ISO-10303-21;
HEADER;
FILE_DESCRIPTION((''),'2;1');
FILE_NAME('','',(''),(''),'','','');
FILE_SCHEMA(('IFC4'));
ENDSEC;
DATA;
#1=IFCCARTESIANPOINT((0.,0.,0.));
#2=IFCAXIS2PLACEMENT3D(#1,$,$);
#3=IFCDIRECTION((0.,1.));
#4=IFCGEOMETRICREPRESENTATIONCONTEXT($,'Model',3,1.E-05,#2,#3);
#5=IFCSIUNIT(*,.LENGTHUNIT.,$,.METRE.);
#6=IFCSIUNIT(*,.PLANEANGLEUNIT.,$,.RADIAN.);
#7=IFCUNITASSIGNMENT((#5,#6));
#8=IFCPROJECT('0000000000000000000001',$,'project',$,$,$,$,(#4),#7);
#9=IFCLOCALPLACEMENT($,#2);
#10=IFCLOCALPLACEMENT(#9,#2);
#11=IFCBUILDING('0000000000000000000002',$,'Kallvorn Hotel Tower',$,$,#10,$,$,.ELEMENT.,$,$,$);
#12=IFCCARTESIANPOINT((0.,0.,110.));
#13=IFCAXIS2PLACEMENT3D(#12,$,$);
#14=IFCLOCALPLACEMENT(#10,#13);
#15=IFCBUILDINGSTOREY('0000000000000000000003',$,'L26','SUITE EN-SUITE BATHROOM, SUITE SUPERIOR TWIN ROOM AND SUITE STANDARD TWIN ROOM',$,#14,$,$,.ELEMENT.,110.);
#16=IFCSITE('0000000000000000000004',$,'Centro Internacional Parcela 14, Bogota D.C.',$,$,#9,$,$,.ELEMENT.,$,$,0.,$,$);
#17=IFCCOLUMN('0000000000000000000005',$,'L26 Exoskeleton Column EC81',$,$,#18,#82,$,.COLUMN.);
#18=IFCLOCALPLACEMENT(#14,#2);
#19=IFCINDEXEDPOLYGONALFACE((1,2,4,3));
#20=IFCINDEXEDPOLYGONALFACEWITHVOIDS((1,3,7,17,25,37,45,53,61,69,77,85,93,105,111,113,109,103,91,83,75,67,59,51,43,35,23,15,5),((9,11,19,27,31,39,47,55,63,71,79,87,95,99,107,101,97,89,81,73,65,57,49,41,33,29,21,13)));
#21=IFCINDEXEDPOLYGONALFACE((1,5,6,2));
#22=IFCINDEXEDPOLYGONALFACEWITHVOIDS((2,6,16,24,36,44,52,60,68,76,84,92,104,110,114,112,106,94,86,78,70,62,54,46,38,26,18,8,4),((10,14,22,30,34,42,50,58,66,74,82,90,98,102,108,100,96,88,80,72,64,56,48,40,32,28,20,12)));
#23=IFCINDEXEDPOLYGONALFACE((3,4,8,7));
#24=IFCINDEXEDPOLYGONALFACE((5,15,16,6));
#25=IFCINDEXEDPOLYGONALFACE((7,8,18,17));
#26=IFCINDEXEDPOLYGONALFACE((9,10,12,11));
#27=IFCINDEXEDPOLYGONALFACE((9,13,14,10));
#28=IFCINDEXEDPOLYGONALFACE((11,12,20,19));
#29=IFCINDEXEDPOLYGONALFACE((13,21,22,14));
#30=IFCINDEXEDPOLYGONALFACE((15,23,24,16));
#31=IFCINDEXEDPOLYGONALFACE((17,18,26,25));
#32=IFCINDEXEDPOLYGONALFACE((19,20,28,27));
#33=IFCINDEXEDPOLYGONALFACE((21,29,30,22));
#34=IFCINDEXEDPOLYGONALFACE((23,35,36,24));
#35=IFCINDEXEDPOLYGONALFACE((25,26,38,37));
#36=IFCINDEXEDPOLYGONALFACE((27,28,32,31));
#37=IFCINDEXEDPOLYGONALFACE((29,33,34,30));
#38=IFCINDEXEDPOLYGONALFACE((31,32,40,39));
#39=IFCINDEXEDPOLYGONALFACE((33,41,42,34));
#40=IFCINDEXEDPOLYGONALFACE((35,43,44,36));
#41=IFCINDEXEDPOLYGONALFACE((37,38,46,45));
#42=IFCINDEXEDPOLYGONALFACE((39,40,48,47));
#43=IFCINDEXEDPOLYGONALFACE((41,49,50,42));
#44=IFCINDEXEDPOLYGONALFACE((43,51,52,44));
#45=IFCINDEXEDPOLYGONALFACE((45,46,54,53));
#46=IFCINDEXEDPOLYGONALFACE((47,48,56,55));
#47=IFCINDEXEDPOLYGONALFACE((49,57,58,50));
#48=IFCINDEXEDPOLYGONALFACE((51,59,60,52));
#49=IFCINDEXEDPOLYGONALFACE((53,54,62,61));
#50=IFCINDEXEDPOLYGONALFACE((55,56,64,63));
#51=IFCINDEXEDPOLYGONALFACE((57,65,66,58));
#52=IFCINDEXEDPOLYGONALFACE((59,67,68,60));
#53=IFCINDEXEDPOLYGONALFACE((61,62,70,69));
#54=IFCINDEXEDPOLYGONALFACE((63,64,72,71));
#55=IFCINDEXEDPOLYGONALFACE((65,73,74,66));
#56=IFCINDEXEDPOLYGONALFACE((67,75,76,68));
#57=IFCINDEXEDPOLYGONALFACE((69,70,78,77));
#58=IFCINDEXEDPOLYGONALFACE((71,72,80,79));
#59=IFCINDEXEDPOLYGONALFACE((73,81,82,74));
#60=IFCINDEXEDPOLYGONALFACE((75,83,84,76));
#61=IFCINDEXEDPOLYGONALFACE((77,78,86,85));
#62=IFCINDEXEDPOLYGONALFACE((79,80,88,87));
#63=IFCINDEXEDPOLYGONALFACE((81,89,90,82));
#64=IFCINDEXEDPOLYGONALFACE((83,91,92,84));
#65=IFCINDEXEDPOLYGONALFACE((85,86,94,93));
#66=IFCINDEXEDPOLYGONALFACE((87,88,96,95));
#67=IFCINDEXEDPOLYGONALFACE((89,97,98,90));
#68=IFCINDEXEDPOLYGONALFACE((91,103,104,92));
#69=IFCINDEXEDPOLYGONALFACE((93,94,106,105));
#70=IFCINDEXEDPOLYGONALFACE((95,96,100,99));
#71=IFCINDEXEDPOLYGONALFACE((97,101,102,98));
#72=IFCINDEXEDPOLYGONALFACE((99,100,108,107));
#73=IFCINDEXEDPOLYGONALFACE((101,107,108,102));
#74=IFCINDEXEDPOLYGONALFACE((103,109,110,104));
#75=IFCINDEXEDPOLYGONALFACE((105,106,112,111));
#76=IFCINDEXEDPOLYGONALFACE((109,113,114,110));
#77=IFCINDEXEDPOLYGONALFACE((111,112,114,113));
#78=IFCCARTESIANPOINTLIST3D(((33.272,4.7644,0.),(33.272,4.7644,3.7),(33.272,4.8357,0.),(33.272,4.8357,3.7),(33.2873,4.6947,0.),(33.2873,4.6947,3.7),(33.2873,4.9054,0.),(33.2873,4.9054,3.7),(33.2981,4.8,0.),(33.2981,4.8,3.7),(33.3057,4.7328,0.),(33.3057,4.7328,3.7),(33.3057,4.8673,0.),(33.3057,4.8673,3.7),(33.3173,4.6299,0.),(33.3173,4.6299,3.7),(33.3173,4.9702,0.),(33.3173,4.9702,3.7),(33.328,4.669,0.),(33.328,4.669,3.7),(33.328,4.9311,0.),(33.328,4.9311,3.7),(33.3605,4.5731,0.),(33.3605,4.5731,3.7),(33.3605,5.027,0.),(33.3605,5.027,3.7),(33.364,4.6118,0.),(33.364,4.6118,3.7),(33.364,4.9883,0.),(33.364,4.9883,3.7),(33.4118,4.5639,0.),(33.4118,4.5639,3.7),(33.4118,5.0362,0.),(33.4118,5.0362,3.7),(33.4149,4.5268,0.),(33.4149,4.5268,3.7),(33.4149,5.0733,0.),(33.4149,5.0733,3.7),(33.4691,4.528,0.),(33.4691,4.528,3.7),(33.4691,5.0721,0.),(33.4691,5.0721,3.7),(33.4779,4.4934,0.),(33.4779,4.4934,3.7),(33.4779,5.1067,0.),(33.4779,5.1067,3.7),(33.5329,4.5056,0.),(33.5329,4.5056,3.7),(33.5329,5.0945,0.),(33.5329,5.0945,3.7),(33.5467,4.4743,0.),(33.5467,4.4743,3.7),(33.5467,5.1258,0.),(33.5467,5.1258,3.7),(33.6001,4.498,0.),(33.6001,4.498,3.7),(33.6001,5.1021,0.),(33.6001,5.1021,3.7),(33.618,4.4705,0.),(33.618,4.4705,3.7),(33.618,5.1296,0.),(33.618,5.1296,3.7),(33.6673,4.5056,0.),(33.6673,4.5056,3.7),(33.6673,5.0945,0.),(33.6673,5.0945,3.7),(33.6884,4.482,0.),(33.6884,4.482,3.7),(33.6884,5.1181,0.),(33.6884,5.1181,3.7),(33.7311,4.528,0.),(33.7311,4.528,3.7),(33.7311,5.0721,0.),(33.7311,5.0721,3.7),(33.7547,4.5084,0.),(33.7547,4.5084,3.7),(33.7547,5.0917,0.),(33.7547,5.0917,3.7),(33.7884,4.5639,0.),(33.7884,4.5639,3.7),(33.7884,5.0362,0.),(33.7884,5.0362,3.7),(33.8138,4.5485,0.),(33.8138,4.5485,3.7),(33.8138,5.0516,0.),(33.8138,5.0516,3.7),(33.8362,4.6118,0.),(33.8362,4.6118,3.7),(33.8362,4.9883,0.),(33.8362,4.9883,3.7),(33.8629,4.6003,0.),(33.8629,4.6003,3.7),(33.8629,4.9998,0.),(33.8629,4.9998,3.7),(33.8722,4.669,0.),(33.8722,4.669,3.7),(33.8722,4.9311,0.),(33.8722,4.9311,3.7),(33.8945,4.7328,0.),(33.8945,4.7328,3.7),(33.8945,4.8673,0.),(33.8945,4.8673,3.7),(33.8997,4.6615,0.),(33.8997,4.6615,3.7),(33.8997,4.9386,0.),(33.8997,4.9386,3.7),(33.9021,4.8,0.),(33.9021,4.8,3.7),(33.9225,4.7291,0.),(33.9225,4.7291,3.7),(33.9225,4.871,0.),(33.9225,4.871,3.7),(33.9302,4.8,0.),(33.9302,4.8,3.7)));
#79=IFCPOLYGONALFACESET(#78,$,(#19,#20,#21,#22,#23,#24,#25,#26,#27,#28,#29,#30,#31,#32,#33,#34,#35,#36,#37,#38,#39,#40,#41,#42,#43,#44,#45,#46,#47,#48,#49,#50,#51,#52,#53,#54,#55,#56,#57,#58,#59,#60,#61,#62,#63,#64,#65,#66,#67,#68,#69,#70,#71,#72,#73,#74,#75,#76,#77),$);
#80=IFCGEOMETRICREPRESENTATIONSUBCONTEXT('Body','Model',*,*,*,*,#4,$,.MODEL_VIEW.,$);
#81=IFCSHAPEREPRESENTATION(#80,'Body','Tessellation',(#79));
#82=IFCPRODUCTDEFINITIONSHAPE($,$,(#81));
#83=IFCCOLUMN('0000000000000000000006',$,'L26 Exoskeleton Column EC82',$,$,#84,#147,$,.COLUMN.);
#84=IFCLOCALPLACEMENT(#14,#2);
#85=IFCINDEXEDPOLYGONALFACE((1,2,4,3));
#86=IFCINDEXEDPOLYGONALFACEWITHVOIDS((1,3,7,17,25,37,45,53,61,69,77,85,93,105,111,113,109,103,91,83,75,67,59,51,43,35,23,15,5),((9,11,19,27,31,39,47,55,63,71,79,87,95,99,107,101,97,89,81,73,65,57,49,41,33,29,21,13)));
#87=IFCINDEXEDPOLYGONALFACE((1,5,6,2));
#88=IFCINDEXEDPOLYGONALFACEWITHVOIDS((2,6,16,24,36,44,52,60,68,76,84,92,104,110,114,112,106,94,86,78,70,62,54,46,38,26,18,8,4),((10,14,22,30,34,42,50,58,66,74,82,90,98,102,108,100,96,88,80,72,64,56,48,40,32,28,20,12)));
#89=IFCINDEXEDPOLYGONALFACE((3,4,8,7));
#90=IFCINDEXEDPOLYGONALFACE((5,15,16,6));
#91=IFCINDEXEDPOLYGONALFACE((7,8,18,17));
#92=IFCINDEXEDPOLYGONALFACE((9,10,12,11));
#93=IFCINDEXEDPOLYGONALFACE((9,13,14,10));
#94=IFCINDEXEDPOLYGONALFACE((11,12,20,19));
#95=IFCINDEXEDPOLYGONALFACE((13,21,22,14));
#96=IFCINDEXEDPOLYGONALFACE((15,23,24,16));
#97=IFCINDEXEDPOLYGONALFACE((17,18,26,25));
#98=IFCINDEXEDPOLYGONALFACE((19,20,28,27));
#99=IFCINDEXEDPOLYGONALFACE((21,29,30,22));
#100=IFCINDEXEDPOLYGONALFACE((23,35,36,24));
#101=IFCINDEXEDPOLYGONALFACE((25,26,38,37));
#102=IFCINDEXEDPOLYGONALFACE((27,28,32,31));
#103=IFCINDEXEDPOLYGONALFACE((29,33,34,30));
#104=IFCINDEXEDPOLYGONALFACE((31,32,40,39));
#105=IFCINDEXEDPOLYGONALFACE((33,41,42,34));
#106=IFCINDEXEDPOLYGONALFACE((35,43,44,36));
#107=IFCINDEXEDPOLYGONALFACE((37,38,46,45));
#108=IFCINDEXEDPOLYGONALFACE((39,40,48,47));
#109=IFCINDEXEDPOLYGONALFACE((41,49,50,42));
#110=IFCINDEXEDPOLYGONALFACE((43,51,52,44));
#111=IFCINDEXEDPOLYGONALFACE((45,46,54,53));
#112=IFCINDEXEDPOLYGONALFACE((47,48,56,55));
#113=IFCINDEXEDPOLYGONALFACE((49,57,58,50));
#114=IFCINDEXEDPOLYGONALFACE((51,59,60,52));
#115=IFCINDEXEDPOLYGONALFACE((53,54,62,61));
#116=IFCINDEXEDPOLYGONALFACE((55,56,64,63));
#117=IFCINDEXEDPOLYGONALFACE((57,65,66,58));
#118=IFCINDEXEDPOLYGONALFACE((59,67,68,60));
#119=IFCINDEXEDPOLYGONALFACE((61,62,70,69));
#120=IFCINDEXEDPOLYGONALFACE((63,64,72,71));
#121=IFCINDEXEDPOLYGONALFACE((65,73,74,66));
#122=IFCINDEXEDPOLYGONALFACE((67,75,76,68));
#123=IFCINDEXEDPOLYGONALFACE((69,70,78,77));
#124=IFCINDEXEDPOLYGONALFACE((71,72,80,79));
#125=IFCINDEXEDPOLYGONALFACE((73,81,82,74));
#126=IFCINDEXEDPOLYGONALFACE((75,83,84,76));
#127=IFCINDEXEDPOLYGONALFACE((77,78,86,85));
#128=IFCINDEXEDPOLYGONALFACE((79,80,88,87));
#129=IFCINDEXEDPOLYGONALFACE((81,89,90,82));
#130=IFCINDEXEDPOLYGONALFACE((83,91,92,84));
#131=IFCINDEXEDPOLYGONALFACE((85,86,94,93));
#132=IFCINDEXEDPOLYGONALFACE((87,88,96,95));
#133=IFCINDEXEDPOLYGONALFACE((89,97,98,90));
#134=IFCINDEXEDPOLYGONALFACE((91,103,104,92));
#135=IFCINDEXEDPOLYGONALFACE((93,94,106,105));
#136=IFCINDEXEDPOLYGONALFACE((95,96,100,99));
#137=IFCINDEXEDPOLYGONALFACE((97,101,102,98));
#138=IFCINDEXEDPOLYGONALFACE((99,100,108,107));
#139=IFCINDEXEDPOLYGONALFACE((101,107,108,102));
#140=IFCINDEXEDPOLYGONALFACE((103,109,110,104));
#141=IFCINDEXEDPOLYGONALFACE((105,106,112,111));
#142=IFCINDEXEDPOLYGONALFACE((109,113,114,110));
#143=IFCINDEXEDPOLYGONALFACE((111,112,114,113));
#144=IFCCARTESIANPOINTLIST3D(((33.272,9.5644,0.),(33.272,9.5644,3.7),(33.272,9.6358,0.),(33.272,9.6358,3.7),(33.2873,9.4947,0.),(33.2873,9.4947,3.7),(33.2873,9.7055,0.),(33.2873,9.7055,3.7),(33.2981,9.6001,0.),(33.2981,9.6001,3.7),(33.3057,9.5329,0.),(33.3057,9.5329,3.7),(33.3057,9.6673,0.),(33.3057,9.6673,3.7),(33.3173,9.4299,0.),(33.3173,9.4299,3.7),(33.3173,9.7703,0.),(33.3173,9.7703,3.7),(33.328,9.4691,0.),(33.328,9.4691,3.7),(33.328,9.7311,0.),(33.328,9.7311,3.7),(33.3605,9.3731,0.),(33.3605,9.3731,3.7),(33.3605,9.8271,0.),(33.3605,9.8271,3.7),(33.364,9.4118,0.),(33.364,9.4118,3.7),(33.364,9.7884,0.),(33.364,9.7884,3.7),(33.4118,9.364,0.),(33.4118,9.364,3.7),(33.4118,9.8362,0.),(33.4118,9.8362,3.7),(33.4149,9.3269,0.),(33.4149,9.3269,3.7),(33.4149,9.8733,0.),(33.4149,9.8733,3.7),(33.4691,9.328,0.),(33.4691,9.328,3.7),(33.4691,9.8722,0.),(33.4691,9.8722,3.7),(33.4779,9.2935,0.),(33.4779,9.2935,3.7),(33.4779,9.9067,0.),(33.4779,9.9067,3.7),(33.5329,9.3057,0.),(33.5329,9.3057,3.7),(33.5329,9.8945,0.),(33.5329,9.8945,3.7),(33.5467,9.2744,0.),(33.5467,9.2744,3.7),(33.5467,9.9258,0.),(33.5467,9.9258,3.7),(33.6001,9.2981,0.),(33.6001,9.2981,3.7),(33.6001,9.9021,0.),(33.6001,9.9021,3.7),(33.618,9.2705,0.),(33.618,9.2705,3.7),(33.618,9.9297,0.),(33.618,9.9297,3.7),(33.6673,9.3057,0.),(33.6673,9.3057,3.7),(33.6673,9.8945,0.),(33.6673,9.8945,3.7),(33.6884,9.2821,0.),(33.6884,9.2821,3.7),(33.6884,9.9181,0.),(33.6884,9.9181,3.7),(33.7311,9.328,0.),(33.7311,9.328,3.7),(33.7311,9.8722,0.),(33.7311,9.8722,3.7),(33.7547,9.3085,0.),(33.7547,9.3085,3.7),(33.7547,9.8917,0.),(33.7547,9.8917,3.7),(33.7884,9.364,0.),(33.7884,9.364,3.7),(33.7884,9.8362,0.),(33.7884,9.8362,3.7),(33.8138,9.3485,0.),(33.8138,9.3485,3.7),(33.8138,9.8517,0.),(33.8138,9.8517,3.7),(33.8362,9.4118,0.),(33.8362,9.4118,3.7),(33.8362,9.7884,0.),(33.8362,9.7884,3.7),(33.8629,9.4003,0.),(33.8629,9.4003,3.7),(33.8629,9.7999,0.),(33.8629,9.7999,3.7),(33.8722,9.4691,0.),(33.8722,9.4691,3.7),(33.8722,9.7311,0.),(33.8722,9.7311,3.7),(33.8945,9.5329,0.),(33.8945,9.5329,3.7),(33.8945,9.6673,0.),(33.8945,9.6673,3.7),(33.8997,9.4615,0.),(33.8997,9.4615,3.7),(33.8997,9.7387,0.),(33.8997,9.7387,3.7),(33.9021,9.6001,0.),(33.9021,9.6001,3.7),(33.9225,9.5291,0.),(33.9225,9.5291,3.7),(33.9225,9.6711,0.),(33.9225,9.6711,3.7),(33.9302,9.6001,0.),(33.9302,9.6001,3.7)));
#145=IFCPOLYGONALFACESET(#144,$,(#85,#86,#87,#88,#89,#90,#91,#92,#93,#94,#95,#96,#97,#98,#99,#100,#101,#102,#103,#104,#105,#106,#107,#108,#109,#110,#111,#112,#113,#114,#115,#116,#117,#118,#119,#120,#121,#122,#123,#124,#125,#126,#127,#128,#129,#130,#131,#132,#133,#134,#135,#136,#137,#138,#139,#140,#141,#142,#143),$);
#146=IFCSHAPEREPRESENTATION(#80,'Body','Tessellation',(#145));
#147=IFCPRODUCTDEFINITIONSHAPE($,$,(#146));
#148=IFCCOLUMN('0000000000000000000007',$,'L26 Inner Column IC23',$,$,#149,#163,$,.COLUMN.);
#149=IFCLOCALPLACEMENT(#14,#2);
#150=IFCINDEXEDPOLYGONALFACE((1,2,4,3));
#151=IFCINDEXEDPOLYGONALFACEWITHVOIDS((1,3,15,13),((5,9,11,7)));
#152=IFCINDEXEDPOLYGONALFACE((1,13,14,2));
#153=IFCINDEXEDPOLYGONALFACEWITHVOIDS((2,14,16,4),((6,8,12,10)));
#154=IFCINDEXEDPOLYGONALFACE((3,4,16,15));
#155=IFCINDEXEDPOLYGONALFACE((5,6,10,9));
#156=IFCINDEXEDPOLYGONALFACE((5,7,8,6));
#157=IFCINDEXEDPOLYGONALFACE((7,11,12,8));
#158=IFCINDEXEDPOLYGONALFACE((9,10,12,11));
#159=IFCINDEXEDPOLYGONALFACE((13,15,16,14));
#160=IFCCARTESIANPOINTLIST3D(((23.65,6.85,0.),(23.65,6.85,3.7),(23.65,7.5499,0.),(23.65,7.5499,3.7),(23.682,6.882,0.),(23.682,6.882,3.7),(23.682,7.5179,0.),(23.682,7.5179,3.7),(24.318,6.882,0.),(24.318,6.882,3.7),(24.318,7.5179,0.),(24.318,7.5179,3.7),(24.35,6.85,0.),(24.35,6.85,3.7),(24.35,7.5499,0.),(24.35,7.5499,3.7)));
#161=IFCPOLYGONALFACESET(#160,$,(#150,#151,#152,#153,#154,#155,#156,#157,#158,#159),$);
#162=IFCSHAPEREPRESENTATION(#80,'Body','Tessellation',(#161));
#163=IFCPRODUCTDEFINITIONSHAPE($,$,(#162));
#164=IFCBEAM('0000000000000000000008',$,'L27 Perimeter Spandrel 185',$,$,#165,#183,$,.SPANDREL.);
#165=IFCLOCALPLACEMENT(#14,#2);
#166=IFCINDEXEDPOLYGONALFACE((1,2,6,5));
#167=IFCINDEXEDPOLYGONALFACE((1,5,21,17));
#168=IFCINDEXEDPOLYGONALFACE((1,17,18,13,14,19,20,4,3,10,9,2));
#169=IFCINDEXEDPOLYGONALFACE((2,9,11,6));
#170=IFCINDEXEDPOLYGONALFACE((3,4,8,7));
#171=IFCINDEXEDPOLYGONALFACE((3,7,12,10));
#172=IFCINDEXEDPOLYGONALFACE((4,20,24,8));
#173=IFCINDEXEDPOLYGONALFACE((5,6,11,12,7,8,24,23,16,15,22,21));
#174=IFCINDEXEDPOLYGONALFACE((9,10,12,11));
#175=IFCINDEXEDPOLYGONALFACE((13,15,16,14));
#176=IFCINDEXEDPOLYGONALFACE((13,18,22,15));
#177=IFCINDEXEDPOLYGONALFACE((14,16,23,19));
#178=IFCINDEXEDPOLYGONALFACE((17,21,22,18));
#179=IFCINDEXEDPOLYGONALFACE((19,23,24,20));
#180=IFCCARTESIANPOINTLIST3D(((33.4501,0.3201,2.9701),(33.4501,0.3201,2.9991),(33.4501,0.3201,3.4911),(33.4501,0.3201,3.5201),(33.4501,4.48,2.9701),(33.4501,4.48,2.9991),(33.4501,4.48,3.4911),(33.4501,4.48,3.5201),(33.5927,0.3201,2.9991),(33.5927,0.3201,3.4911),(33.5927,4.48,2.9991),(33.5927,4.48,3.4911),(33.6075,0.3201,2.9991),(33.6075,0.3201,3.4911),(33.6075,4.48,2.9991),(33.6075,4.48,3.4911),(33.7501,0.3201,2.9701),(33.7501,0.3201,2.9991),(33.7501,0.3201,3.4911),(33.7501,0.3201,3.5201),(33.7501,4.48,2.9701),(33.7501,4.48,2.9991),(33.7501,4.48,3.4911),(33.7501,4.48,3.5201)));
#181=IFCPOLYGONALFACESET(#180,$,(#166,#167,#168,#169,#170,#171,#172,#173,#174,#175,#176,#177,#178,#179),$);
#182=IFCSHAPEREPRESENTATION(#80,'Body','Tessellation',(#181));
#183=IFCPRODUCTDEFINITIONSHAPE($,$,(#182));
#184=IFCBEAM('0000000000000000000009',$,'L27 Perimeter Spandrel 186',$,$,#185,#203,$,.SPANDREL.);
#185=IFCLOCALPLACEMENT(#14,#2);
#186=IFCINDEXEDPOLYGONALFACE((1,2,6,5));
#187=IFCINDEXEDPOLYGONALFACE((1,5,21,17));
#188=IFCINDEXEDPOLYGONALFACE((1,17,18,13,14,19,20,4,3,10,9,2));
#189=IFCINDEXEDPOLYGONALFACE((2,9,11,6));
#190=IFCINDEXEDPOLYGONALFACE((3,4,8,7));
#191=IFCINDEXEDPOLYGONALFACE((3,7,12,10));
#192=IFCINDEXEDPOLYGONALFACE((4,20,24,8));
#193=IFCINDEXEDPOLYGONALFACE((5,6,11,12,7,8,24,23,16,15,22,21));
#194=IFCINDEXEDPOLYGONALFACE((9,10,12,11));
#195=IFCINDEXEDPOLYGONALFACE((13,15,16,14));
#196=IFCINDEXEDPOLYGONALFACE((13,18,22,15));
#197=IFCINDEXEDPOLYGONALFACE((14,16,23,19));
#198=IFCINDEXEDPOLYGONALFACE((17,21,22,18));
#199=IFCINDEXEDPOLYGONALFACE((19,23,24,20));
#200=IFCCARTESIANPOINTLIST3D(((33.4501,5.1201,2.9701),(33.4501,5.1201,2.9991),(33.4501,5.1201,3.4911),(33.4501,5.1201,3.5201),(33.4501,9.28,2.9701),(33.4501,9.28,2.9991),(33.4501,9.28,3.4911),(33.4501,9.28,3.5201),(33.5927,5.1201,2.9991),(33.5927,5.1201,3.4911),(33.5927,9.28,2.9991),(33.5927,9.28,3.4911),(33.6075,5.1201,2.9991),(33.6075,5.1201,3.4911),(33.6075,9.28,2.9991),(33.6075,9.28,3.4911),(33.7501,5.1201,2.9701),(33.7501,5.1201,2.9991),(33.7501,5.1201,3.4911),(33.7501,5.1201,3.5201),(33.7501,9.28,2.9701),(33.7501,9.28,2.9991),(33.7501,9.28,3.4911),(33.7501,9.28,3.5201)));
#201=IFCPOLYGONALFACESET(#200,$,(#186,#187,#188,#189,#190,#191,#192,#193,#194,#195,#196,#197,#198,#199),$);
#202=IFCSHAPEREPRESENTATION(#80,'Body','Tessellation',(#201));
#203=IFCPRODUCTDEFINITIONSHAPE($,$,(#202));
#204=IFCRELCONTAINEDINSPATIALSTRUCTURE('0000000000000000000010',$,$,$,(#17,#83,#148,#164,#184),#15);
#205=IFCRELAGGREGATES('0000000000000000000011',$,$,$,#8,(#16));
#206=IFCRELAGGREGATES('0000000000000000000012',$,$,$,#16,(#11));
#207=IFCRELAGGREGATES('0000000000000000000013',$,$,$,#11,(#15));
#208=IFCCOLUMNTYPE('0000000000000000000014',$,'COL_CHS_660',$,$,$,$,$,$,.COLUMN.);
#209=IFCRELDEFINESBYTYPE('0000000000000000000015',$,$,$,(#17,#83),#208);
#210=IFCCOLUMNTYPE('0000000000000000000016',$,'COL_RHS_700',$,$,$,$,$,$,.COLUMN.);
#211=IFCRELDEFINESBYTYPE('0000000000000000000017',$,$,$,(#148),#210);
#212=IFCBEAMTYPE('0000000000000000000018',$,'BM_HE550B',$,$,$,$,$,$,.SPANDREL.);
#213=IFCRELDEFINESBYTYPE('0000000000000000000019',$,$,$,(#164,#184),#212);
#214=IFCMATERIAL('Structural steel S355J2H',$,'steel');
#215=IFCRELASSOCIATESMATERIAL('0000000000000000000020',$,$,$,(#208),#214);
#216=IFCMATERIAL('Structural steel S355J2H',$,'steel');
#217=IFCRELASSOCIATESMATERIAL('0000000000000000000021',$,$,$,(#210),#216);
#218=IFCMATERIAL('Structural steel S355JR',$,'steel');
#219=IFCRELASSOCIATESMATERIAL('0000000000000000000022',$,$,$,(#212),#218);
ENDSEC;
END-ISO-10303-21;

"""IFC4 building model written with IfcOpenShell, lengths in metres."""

from ifc_helpers import new_model, si_unit, direction, frame, origin, origin_2d, place, context, subcontext, project, spatial, hollow_rectangle, hollow_circle, i_section, extrude, material, material_profile, profile_set, type_object, element, save


model = new_model("IFC4")

# Units and contexts
model_context = context("Model", 3, precision=1e-05, world=origin(), true_north=direction((0.0, 1.0)))
body_context = subcontext(model_context, "Body", "Model", "MODEL_VIEW")
ifc_project = project(units=[si_unit("LENGTHUNIT", "METRE"), si_unit("PLANEANGLEUNIT", "RADIAN")], contexts=[model_context])

# Site, building, storey
site_placement = place(None, origin())
site = spatial("IfcSite", under=ifc_project, at=site_placement, Name="Centro Internacional Parcela 14, Bogota D.C.", CompositionType="ELEMENT", RefElevation=0.0)
building_placement = place(site_placement, origin())
building = spatial("IfcBuilding", under=site, at=building_placement, Name="Kallvorn Hotel Tower", CompositionType="ELEMENT")
storey_placement = place(building_placement, frame((0.0, 0.0, 110.0)))
storey = spatial("IfcBuildingStorey", under=building, at=storey_placement, Name="L26", Description="SUITE EN-SUITE BATHROOM, SUITE SUPERIOR TWIN ROOM AND SUITE STANDARD TWIN ROOM", CompositionType="ELEMENT", Elevation=110.0)

# Columns
ifc_material_1 = material(Name="Structural steel S355J2H", Category="steel")
ifc_material_profile_1 = material_profile(ifc_material_1, hollow_circle(Radius=0.3301, WallThickness=0.0281, at=origin_2d()), Name="CHS 660x28")
ifc_profile_set_1 = profile_set([ifc_material_profile_1], Name="Structural steel S355J2H")
column_type_1 = type_object("IfcColumnType", Name="COL_CHS_660", PredefinedType="COLUMN", material=ifc_profile_set_1)
for number, where, z_axis, x_axis, name in (
    (1, (33.6001, 4.8, 0.0), (0.0, 0.0, 1.0), (1.0, 0.0, 0.0), "L26 Exoskeleton Column EC81"),
    (2, (33.6001, 9.6001, 0.0), (0.0, 0.0, 1.0), (1.0, 0.0, 0.0), "L26 Exoskeleton Column EC82"),
):
    element("IfcColumn", number, at=place(storey_placement, frame(where, z_axis=z_axis, x_axis=x_axis)), inside=storey, type_object=column_type_1, Name=name, PredefinedType="COLUMN", context=body_context, shape_type="SweptSolid", body=[
        extrude(hollow_circle(Radius=0.3301, WallThickness=0.0281, at=origin_2d()), origin(), (0.0, 0.0, 1.0), 3.7),
    ])
ifc_material_2 = material(Name="Structural steel S355J2H", Category="steel")
ifc_material_profile_2 = material_profile(ifc_material_2, hollow_rectangle(XDim=0.7, YDim=0.7, WallThickness=0.032, at=origin_2d()), Name="RHS 700x700x32")
ifc_profile_set_2 = profile_set([ifc_material_profile_2], Name="Structural steel S355J2H")
column_type_2 = type_object("IfcColumnType", Name="COL_RHS_700", PredefinedType="COLUMN", material=ifc_profile_set_2)
column_placement = place(storey_placement, frame((24.0, 7.2, 0.0), z_axis=(0.0, 0.0, 1.0), x_axis=(1.0, 0.0, 0.0)))
element("IfcColumn", 3, at=column_placement, inside=storey, type_object=column_type_2, Name="L26 Inner Column IC23", PredefinedType="COLUMN", context=body_context, shape_type="SweptSolid", body=[
    extrude(hollow_rectangle(XDim=0.7, YDim=0.7, WallThickness=0.032, at=origin_2d()), origin(), (0.0, 0.0, 1.0), 3.7),
])

# Beams
ifc_material_3 = material(Name="Structural steel S355JR", Category="steel")
ifc_material_profile_3 = material_profile(ifc_material_3, i_section(OverallWidth=0.3, OverallDepth=0.55, WebThickness=0.0149, FlangeThickness=0.0291, at=origin_2d()), Name="HE 550 B")
ifc_profile_set_3 = profile_set([ifc_material_profile_3], Name="Structural steel S355JR")
beam_type_1 = type_object("IfcBeamType", Name="BM_HE550B", PredefinedType="SPANDREL", material=ifc_profile_set_3)
for number, where, z_axis, x_axis, name in (
    (4, (33.6001, 0.3201, 3.2451), (0.0, 1.0, 0.0), (-1.0, 0.0, 0.0), "L27 Perimeter Spandrel 185"),
    (5, (33.6001, 5.1201, 3.2451), (0.0, 1.0, 0.0), (-1.0, 0.0, 0.0), "L27 Perimeter Spandrel 186"),
):
    element("IfcBeam", number, at=place(storey_placement, frame(where, z_axis=z_axis, x_axis=x_axis)), inside=storey, type_object=beam_type_1, Name=name, PredefinedType="SPANDREL", context=body_context, shape_type="SweptSolid", body=[
        extrude(i_section(OverallWidth=0.3, OverallDepth=0.55, WebThickness=0.0149, FlangeThickness=0.0291, at=origin_2d()), origin(), (0.0, 0.0, 1.0), 4.1599),
    ])

save(model, "model.ifc")
